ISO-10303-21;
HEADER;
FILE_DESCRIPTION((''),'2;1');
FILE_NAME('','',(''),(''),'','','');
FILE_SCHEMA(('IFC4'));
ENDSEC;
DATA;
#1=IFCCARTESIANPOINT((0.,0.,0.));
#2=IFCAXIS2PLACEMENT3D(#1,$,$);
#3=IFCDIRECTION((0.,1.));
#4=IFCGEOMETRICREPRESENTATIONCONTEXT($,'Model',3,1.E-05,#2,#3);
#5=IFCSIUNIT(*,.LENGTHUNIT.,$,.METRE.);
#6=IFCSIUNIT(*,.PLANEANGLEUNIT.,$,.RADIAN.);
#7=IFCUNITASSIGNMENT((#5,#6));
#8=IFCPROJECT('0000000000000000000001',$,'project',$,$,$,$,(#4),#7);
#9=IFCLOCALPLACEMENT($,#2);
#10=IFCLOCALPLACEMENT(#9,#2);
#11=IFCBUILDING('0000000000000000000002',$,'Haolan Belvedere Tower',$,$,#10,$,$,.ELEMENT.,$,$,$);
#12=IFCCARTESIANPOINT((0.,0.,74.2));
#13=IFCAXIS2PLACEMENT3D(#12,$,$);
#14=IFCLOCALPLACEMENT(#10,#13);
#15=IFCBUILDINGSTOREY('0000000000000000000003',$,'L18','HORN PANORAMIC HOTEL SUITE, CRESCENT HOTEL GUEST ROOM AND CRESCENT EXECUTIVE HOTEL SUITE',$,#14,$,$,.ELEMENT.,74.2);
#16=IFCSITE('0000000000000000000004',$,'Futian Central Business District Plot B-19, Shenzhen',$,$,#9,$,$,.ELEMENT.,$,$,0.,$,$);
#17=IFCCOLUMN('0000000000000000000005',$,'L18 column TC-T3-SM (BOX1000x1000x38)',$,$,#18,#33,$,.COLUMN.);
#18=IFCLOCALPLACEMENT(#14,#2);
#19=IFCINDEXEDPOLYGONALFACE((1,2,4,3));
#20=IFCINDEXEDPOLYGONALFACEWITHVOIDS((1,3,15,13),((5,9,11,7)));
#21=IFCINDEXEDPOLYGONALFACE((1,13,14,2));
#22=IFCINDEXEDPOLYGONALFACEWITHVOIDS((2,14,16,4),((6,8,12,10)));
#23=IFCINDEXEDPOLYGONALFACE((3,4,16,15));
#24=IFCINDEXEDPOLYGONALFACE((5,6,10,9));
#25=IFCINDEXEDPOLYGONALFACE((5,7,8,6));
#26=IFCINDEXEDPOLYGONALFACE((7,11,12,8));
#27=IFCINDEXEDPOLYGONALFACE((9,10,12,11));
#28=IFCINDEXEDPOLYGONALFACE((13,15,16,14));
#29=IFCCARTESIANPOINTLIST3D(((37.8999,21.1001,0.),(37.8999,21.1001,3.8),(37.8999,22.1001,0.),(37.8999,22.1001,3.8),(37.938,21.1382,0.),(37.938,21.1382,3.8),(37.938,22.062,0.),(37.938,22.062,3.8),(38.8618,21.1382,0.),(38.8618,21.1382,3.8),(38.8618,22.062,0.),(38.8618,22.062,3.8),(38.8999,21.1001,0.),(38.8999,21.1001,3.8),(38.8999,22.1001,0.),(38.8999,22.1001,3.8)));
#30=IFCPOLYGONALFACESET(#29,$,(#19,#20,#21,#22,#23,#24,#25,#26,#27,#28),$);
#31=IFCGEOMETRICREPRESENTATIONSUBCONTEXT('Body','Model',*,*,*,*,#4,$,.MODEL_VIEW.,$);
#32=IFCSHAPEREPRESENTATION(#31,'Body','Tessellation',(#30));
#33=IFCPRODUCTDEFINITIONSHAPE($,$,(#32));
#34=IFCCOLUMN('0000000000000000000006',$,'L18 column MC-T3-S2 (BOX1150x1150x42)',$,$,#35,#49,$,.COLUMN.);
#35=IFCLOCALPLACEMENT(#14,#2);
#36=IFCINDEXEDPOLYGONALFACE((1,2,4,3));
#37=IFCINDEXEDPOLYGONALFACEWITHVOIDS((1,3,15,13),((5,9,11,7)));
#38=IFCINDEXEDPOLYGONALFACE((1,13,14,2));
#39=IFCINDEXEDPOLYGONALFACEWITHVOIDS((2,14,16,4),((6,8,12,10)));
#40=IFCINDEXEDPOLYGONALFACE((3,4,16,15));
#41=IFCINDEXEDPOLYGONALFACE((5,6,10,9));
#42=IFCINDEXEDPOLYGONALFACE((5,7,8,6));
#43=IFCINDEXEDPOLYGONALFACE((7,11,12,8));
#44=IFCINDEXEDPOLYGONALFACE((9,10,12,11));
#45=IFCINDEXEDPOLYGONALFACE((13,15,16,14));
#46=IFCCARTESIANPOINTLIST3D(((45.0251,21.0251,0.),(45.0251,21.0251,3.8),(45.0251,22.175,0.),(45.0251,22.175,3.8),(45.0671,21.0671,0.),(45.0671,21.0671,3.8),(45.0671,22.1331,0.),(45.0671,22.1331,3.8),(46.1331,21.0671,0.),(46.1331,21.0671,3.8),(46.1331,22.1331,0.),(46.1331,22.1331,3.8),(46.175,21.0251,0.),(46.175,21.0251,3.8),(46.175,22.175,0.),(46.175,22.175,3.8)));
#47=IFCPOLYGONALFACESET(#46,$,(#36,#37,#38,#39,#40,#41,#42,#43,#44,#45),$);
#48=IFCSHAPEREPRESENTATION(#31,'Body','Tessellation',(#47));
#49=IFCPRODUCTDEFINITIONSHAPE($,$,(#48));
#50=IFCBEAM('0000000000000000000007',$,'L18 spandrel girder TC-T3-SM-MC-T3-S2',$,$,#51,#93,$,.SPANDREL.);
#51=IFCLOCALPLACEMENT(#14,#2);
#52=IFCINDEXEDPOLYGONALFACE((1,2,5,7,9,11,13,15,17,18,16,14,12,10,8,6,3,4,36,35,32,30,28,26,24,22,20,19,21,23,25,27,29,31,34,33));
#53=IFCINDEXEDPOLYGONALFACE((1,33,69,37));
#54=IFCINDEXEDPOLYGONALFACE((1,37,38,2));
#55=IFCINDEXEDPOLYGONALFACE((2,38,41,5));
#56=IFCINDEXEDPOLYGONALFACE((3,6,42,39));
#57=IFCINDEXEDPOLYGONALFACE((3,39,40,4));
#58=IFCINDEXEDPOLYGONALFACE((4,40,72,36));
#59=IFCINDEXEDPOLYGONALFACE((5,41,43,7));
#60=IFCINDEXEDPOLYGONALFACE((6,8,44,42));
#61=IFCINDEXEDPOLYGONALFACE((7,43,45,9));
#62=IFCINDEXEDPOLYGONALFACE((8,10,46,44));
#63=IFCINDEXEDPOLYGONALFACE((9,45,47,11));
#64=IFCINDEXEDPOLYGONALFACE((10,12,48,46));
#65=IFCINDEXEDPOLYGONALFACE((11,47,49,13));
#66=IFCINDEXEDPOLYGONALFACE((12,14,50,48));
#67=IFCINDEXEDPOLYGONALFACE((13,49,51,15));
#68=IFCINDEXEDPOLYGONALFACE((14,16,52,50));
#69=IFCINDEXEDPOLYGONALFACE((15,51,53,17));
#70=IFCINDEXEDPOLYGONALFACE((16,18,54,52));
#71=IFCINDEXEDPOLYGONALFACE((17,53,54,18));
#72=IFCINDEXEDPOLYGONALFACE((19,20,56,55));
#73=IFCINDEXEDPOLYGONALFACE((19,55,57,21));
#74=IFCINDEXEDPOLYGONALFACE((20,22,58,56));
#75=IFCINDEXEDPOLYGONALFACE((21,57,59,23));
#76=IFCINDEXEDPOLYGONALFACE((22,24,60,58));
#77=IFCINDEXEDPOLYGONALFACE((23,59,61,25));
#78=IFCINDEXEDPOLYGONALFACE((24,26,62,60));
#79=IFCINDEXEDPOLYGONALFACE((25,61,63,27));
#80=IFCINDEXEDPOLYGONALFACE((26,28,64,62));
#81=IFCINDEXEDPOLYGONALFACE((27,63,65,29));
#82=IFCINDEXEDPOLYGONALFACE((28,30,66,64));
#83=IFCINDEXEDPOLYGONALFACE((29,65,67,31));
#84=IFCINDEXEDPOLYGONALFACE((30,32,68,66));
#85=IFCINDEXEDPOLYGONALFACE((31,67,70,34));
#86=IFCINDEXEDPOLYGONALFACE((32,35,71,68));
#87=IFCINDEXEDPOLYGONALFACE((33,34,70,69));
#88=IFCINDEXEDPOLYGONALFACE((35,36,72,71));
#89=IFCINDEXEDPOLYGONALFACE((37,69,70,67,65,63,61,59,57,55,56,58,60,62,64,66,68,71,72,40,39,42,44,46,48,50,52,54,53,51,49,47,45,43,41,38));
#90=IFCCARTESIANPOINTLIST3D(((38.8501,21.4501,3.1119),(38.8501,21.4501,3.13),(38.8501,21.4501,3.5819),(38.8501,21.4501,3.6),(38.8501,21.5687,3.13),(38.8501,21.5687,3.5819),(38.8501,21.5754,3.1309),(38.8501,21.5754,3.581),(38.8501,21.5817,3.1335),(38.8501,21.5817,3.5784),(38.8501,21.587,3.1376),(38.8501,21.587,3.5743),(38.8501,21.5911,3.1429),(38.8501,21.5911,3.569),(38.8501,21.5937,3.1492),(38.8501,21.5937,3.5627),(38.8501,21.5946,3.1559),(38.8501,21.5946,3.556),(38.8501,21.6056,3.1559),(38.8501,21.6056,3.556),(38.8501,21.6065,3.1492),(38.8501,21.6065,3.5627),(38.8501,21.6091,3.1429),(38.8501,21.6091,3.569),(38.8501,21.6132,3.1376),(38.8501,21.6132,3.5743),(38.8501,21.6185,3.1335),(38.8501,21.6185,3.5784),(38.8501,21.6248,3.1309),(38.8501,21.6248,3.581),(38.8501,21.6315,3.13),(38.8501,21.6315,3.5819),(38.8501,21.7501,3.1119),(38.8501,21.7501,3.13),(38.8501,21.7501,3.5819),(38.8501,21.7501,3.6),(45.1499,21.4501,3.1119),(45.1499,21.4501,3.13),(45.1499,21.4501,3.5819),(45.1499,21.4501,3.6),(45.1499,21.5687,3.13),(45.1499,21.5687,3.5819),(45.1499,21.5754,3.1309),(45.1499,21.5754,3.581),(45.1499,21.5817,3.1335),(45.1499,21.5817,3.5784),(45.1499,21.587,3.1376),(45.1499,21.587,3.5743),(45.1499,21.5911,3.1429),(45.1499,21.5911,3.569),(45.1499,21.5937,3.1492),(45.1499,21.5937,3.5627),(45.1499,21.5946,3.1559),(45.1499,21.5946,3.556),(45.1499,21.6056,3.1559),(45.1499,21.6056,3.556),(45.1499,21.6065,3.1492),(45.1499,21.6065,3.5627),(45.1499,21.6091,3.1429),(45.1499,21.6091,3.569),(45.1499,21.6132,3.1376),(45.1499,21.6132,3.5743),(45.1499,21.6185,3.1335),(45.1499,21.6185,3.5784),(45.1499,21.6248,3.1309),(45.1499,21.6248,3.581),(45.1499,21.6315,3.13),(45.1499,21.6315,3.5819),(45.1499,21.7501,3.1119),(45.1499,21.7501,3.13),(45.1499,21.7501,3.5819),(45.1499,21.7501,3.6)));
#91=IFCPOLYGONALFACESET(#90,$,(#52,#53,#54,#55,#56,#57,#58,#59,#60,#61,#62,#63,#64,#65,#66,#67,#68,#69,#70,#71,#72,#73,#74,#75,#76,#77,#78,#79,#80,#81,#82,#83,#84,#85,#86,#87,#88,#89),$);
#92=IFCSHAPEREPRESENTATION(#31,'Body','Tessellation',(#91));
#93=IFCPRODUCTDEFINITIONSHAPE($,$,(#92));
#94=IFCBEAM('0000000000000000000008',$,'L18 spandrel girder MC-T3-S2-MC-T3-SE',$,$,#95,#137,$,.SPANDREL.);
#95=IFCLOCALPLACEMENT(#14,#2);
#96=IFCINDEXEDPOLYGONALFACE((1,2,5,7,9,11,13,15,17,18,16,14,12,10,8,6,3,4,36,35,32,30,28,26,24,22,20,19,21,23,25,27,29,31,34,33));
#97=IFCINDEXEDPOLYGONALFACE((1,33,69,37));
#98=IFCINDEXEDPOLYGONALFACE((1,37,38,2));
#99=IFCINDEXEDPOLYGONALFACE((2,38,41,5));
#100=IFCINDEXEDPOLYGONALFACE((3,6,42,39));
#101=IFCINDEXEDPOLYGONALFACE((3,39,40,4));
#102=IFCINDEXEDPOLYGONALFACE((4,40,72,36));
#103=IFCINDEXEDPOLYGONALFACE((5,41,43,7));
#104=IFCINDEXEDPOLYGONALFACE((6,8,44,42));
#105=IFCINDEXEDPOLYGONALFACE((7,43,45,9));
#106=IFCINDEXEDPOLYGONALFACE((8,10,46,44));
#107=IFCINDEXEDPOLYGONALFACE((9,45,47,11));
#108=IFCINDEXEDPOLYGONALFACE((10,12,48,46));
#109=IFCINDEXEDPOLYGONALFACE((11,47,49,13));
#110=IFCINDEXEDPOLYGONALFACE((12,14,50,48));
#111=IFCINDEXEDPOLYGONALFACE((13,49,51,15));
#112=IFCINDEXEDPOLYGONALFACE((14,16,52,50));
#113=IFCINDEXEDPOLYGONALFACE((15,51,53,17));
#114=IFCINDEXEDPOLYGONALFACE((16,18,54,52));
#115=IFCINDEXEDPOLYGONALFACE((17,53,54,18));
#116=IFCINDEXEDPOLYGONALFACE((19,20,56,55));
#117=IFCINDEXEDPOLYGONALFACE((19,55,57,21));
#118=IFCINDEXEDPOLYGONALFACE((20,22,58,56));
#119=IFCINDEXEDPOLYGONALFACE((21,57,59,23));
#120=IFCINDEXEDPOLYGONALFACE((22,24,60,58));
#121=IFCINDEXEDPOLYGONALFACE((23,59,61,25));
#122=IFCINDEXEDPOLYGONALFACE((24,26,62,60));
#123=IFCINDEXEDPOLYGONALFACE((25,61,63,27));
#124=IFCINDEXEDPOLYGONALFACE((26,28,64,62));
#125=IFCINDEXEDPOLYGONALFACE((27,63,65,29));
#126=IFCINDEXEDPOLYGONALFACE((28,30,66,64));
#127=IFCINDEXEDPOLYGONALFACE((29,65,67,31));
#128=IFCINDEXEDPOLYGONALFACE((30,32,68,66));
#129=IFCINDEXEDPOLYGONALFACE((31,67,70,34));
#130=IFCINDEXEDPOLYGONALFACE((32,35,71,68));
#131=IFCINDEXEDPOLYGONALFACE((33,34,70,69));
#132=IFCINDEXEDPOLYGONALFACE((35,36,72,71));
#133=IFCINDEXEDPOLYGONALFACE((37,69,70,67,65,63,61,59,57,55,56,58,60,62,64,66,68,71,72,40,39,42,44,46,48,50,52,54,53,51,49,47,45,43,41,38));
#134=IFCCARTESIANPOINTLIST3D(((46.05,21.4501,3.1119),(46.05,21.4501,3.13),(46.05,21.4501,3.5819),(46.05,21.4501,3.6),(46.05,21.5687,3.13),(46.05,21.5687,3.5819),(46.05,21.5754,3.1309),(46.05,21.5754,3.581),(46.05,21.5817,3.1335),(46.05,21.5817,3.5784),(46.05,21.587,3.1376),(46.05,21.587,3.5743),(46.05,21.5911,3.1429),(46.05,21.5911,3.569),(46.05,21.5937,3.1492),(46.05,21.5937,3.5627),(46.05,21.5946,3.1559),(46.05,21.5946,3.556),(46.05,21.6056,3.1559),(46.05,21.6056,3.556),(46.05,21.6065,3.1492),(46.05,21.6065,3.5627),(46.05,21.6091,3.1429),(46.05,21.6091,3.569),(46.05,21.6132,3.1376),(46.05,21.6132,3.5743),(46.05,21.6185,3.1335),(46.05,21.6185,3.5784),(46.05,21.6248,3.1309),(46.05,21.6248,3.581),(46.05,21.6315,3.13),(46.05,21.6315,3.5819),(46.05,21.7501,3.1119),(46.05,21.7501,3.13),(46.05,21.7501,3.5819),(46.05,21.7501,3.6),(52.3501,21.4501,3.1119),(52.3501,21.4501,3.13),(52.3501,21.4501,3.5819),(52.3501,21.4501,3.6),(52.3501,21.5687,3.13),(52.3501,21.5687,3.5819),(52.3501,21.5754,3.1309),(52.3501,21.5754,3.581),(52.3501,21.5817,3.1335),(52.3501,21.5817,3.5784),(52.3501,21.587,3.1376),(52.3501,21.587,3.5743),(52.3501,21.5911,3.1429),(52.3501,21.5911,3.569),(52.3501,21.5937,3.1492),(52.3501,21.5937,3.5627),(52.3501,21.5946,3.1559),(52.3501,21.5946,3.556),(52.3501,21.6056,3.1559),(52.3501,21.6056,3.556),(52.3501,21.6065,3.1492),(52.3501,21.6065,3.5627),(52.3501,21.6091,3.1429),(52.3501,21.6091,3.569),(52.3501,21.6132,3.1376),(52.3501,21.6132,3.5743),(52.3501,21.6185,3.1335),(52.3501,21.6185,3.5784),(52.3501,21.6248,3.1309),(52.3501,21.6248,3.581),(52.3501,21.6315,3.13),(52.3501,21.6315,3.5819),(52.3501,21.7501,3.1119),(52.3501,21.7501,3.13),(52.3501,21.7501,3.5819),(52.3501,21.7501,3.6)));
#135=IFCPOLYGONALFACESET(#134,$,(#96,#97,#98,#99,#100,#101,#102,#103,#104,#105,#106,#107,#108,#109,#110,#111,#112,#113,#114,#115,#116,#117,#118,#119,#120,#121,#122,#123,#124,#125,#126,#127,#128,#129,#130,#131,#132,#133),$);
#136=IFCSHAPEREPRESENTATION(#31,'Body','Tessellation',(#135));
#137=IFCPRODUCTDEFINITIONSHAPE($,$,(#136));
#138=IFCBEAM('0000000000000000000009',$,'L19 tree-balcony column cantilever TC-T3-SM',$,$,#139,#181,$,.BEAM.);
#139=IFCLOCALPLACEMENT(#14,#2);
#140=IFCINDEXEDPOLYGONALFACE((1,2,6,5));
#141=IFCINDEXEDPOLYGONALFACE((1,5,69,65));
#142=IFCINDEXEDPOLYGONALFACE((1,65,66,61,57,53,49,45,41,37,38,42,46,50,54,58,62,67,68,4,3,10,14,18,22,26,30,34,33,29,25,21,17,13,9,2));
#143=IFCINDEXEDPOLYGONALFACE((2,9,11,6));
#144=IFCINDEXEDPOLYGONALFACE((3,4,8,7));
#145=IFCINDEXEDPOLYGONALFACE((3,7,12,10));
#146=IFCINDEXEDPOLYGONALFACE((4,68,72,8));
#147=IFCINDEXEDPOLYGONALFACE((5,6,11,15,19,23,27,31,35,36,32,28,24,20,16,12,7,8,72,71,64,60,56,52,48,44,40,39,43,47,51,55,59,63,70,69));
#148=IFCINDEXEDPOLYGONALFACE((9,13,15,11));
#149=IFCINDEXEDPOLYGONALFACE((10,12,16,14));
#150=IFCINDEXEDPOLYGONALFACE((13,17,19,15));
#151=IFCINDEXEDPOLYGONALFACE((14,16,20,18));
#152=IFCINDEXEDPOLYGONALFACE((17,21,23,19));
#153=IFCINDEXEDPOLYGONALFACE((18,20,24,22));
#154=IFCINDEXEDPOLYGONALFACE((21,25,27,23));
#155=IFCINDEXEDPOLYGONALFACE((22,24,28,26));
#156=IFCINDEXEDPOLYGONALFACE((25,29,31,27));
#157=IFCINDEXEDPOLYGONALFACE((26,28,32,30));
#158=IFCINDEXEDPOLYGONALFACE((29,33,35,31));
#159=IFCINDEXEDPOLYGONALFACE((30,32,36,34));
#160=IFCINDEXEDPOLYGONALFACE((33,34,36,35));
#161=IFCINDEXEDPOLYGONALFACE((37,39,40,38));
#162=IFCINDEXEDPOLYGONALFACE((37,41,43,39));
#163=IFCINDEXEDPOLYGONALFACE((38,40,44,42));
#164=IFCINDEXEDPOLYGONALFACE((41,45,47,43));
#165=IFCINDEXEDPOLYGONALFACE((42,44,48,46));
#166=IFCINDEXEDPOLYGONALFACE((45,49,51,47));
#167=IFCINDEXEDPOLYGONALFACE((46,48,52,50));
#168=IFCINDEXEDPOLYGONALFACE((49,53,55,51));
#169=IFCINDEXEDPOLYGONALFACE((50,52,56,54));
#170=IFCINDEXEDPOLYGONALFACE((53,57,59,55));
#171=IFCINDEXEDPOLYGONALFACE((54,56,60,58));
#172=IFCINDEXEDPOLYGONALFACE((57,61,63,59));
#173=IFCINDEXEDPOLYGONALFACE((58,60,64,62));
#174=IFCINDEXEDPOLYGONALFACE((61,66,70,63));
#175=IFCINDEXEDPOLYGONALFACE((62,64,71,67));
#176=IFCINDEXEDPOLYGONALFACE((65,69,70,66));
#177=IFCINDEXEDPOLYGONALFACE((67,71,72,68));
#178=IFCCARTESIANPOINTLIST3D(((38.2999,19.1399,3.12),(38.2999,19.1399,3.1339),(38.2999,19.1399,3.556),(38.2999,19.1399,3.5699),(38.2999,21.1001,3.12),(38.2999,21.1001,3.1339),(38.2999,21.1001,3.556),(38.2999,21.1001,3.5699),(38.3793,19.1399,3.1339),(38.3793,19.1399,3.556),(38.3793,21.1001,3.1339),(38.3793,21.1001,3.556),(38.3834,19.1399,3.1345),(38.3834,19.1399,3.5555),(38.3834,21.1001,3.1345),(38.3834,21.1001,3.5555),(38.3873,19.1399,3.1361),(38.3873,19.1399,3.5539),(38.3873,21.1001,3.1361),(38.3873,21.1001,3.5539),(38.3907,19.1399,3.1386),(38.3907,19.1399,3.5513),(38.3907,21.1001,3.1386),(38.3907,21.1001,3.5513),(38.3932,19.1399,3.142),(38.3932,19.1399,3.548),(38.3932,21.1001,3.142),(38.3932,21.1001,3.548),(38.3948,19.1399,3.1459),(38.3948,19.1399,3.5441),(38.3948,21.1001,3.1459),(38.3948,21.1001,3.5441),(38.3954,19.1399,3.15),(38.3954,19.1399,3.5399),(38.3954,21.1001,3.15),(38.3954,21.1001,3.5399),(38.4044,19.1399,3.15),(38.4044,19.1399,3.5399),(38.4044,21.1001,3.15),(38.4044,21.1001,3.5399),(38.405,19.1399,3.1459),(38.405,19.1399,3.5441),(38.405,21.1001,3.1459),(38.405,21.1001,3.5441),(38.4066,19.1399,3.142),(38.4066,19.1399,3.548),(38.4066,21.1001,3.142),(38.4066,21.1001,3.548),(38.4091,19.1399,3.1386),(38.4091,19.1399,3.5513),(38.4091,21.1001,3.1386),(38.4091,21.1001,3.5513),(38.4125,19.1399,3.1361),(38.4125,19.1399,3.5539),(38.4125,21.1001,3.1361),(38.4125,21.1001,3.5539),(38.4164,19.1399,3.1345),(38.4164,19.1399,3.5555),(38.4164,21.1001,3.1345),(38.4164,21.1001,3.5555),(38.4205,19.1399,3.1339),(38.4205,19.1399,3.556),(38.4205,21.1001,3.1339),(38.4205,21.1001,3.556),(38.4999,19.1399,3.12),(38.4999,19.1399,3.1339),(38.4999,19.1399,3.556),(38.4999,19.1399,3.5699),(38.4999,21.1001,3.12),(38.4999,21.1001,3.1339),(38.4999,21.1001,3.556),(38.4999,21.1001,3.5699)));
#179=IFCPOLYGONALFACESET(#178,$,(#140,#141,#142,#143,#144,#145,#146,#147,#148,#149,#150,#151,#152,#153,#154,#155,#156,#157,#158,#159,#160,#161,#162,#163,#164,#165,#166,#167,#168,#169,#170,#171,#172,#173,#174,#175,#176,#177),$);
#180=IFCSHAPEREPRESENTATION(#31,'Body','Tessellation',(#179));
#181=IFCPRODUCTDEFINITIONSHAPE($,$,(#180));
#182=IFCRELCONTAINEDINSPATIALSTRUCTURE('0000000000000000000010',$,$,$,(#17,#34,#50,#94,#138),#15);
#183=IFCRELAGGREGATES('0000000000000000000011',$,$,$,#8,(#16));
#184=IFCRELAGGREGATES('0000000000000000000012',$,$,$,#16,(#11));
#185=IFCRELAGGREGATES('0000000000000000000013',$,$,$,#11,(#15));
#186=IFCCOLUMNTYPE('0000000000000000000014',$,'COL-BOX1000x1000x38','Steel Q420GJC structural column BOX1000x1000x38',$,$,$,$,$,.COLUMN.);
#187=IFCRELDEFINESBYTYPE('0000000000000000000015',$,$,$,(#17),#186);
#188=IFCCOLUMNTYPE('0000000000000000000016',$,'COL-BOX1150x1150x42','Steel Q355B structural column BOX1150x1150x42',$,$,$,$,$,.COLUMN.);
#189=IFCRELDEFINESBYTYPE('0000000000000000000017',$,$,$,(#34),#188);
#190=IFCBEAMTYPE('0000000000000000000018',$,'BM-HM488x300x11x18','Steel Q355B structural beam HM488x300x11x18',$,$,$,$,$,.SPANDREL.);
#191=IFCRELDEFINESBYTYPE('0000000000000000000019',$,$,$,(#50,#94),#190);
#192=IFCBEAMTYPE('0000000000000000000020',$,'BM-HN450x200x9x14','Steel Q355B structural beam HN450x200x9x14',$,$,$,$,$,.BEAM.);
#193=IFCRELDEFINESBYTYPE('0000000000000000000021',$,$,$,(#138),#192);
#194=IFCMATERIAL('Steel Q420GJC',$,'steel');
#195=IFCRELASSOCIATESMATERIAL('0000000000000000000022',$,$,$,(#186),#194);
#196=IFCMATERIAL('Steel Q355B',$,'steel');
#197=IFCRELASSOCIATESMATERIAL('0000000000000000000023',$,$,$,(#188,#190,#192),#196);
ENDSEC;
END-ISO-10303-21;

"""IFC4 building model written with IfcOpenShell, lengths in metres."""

from ifc_helpers import new_model, si_unit, direction, frame, origin, origin_2d, place, context, subcontext, project, spatial, hollow_rectangle, i_section, extrude, material, material_profile, profile_set, type_object, element, save


model = new_model("IFC4")

# Units and contexts
model_context = context("Model", 3, precision=1e-05, world=origin(), true_north=direction((0.0, 1.0)))
body_context = subcontext(model_context, "Body", "Model", "MODEL_VIEW")
ifc_project = project(units=[si_unit("LENGTHUNIT", "METRE"), si_unit("PLANEANGLEUNIT", "RADIAN")], contexts=[model_context])

# Site, building, storey
site_placement = place(None, origin())
site = spatial("IfcSite", under=ifc_project, at=site_placement, Name="Futian Central Business District Plot B-19, Shenzhen", CompositionType="ELEMENT", RefElevation=0.0)
building_placement = place(site_placement, origin())
building = spatial("IfcBuilding", under=site, at=building_placement, Name="Haolan Belvedere Tower", CompositionType="ELEMENT")
storey_placement = place(building_placement, frame((0.0, 0.0, 74.2)))
storey = spatial("IfcBuildingStorey", under=building, at=storey_placement, Name="L18", Description="HORN PANORAMIC HOTEL SUITE, CRESCENT HOTEL GUEST ROOM AND CRESCENT EXECUTIVE HOTEL SUITE", CompositionType="ELEMENT", Elevation=74.2)

# Columns
ifc_material_1 = material(Name="Steel Q420GJC", Category="steel")
ifc_material_profile_1 = material_profile(ifc_material_1, hollow_rectangle(XDim=1.0, YDim=1.0, WallThickness=0.0381, at=origin_2d()), Name="Steel Q420GJC")
ifc_profile_set_1 = profile_set([ifc_material_profile_1], Name="Steel Q420GJC")
column_type_1 = type_object("IfcColumnType", Name="COL-BOX1000x1000x38", Description="Steel Q420GJC structural column BOX1000x1000x38", PredefinedType="COLUMN", material=ifc_profile_set_1)
column_1_placement = place(storey_placement, frame((38.3999, 21.6001, 0.0), z_axis=(0.0, 0.0, 1.0), x_axis=(1.0, 0.0, 0.0)))
element("IfcColumn", 1, at=column_1_placement, inside=storey, type_object=column_type_1, Name="L18 column TC-T3-SM (BOX1000x1000x38)", PredefinedType="COLUMN", context=body_context, shape_type="SweptSolid", body=[
    extrude(hollow_rectangle(XDim=1.0, YDim=1.0, WallThickness=0.0381, at=origin_2d()), origin(), (0.0, 0.0, 1.0), 3.8),
])
ifc_material_2 = material(Name="Steel Q355B", Category="steel")
ifc_material_profile_2 = material_profile(ifc_material_2, hollow_rectangle(XDim=1.1499, YDim=1.1499, WallThickness=0.042, at=origin_2d()), Name="Steel Q355B")
ifc_profile_set_2 = profile_set([ifc_material_profile_2], Name="Steel Q355B")
column_type_2 = type_object("IfcColumnType", Name="COL-BOX1150x1150x42", Description="Steel Q355B structural column BOX1150x1150x42", PredefinedType="COLUMN", material=ifc_profile_set_2)
column_2_placement = place(storey_placement, frame((45.6001, 21.6001, 0.0), z_axis=(0.0, 0.0, 1.0), x_axis=(1.0, 0.0, 0.0)))
element("IfcColumn", 2, at=column_2_placement, inside=storey, type_object=column_type_2, Name="L18 column MC-T3-S2 (BOX1150x1150x42)", PredefinedType="COLUMN", context=body_context, shape_type="SweptSolid", body=[
    extrude(hollow_rectangle(XDim=1.1499, YDim=1.1499, WallThickness=0.042, at=origin_2d()), origin(), (0.0, 0.0, 1.0), 3.8),
])

# Beams
ifc_material_profile_3 = material_profile(ifc_material_2, i_section(OverallWidth=0.3, OverallDepth=0.488, WebThickness=0.011, FlangeThickness=0.0181, FilletRadius=0.0259, at=origin_2d()), Name="Steel Q355B")
ifc_profile_set_3 = profile_set([ifc_material_profile_3], Name="Steel Q355B")
beam_type_1 = type_object("IfcBeamType", Name="BM-HM488x300x11x18", Description="Steel Q355B structural beam HM488x300x11x18", PredefinedType="SPANDREL", material=ifc_profile_set_3)
beam_1_placement = place(storey_placement, frame((38.8501, 21.6001, 3.356), z_axis=(1.0, 0.0, 0.0), x_axis=(0.0, 1.0, 0.0)))
element("IfcBeam", 3, at=beam_1_placement, inside=storey, type_object=beam_type_1, Name="L18 spandrel girder TC-T3-SM-MC-T3-S2", PredefinedType="SPANDREL", context=body_context, shape_type="SweptSolid", body=[
    extrude(i_section(OverallWidth=0.3, OverallDepth=0.488, WebThickness=0.011, FlangeThickness=0.0181, FilletRadius=0.0259, at=origin_2d()), origin(), (0.0, 0.0, 1.0), 6.2998),
])
beam_2_placement = place(storey_placement, frame((46.05, 21.6001, 3.356), z_axis=(1.0, 0.0, 0.0), x_axis=(0.0, 1.0, 0.0)))
element("IfcBeam", 4, at=beam_2_placement, inside=storey, type_object=beam_type_1, Name="L18 spandrel girder MC-T3-S2-MC-T3-SE", PredefinedType="SPANDREL", context=body_context, shape_type="SweptSolid", body=[
    extrude(i_section(OverallWidth=0.3, OverallDepth=0.488, WebThickness=0.011, FlangeThickness=0.0181, FilletRadius=0.0259, at=origin_2d()), origin(), (0.0, 0.0, 1.0), 6.3),
])
ifc_material_profile_4 = material_profile(ifc_material_2, i_section(OverallWidth=0.2, OverallDepth=0.45, WebThickness=0.009, FlangeThickness=0.0139, FilletRadius=0.0161, at=origin_2d()), Name="Steel Q355B")
ifc_profile_set_4 = profile_set([ifc_material_profile_4], Name="Steel Q355B")
beam_type_2 = type_object("IfcBeamType", Name="BM-HN450x200x9x14", Description="Steel Q355B structural beam HN450x200x9x14", PredefinedType="BEAM", material=ifc_profile_set_4)
beam_3_placement = place(storey_placement, frame((38.3999, 21.1001, 3.345), z_axis=(0.0, -1.0, 0.0), x_axis=(1.0, 0.0, 0.0)))
element("IfcBeam", 5, at=beam_3_placement, inside=storey, type_object=beam_type_2, Name="L19 tree-balcony column cantilever TC-T3-SM", PredefinedType="BEAM", context=body_context, shape_type="SweptSolid", body=[
    extrude(i_section(OverallWidth=0.2, OverallDepth=0.45, WebThickness=0.009, FlangeThickness=0.0139, FilletRadius=0.0161, at=origin_2d()), origin(), (0.0, 0.0, 1.0), 1.9602),
])

save(model, "model.ifc")
